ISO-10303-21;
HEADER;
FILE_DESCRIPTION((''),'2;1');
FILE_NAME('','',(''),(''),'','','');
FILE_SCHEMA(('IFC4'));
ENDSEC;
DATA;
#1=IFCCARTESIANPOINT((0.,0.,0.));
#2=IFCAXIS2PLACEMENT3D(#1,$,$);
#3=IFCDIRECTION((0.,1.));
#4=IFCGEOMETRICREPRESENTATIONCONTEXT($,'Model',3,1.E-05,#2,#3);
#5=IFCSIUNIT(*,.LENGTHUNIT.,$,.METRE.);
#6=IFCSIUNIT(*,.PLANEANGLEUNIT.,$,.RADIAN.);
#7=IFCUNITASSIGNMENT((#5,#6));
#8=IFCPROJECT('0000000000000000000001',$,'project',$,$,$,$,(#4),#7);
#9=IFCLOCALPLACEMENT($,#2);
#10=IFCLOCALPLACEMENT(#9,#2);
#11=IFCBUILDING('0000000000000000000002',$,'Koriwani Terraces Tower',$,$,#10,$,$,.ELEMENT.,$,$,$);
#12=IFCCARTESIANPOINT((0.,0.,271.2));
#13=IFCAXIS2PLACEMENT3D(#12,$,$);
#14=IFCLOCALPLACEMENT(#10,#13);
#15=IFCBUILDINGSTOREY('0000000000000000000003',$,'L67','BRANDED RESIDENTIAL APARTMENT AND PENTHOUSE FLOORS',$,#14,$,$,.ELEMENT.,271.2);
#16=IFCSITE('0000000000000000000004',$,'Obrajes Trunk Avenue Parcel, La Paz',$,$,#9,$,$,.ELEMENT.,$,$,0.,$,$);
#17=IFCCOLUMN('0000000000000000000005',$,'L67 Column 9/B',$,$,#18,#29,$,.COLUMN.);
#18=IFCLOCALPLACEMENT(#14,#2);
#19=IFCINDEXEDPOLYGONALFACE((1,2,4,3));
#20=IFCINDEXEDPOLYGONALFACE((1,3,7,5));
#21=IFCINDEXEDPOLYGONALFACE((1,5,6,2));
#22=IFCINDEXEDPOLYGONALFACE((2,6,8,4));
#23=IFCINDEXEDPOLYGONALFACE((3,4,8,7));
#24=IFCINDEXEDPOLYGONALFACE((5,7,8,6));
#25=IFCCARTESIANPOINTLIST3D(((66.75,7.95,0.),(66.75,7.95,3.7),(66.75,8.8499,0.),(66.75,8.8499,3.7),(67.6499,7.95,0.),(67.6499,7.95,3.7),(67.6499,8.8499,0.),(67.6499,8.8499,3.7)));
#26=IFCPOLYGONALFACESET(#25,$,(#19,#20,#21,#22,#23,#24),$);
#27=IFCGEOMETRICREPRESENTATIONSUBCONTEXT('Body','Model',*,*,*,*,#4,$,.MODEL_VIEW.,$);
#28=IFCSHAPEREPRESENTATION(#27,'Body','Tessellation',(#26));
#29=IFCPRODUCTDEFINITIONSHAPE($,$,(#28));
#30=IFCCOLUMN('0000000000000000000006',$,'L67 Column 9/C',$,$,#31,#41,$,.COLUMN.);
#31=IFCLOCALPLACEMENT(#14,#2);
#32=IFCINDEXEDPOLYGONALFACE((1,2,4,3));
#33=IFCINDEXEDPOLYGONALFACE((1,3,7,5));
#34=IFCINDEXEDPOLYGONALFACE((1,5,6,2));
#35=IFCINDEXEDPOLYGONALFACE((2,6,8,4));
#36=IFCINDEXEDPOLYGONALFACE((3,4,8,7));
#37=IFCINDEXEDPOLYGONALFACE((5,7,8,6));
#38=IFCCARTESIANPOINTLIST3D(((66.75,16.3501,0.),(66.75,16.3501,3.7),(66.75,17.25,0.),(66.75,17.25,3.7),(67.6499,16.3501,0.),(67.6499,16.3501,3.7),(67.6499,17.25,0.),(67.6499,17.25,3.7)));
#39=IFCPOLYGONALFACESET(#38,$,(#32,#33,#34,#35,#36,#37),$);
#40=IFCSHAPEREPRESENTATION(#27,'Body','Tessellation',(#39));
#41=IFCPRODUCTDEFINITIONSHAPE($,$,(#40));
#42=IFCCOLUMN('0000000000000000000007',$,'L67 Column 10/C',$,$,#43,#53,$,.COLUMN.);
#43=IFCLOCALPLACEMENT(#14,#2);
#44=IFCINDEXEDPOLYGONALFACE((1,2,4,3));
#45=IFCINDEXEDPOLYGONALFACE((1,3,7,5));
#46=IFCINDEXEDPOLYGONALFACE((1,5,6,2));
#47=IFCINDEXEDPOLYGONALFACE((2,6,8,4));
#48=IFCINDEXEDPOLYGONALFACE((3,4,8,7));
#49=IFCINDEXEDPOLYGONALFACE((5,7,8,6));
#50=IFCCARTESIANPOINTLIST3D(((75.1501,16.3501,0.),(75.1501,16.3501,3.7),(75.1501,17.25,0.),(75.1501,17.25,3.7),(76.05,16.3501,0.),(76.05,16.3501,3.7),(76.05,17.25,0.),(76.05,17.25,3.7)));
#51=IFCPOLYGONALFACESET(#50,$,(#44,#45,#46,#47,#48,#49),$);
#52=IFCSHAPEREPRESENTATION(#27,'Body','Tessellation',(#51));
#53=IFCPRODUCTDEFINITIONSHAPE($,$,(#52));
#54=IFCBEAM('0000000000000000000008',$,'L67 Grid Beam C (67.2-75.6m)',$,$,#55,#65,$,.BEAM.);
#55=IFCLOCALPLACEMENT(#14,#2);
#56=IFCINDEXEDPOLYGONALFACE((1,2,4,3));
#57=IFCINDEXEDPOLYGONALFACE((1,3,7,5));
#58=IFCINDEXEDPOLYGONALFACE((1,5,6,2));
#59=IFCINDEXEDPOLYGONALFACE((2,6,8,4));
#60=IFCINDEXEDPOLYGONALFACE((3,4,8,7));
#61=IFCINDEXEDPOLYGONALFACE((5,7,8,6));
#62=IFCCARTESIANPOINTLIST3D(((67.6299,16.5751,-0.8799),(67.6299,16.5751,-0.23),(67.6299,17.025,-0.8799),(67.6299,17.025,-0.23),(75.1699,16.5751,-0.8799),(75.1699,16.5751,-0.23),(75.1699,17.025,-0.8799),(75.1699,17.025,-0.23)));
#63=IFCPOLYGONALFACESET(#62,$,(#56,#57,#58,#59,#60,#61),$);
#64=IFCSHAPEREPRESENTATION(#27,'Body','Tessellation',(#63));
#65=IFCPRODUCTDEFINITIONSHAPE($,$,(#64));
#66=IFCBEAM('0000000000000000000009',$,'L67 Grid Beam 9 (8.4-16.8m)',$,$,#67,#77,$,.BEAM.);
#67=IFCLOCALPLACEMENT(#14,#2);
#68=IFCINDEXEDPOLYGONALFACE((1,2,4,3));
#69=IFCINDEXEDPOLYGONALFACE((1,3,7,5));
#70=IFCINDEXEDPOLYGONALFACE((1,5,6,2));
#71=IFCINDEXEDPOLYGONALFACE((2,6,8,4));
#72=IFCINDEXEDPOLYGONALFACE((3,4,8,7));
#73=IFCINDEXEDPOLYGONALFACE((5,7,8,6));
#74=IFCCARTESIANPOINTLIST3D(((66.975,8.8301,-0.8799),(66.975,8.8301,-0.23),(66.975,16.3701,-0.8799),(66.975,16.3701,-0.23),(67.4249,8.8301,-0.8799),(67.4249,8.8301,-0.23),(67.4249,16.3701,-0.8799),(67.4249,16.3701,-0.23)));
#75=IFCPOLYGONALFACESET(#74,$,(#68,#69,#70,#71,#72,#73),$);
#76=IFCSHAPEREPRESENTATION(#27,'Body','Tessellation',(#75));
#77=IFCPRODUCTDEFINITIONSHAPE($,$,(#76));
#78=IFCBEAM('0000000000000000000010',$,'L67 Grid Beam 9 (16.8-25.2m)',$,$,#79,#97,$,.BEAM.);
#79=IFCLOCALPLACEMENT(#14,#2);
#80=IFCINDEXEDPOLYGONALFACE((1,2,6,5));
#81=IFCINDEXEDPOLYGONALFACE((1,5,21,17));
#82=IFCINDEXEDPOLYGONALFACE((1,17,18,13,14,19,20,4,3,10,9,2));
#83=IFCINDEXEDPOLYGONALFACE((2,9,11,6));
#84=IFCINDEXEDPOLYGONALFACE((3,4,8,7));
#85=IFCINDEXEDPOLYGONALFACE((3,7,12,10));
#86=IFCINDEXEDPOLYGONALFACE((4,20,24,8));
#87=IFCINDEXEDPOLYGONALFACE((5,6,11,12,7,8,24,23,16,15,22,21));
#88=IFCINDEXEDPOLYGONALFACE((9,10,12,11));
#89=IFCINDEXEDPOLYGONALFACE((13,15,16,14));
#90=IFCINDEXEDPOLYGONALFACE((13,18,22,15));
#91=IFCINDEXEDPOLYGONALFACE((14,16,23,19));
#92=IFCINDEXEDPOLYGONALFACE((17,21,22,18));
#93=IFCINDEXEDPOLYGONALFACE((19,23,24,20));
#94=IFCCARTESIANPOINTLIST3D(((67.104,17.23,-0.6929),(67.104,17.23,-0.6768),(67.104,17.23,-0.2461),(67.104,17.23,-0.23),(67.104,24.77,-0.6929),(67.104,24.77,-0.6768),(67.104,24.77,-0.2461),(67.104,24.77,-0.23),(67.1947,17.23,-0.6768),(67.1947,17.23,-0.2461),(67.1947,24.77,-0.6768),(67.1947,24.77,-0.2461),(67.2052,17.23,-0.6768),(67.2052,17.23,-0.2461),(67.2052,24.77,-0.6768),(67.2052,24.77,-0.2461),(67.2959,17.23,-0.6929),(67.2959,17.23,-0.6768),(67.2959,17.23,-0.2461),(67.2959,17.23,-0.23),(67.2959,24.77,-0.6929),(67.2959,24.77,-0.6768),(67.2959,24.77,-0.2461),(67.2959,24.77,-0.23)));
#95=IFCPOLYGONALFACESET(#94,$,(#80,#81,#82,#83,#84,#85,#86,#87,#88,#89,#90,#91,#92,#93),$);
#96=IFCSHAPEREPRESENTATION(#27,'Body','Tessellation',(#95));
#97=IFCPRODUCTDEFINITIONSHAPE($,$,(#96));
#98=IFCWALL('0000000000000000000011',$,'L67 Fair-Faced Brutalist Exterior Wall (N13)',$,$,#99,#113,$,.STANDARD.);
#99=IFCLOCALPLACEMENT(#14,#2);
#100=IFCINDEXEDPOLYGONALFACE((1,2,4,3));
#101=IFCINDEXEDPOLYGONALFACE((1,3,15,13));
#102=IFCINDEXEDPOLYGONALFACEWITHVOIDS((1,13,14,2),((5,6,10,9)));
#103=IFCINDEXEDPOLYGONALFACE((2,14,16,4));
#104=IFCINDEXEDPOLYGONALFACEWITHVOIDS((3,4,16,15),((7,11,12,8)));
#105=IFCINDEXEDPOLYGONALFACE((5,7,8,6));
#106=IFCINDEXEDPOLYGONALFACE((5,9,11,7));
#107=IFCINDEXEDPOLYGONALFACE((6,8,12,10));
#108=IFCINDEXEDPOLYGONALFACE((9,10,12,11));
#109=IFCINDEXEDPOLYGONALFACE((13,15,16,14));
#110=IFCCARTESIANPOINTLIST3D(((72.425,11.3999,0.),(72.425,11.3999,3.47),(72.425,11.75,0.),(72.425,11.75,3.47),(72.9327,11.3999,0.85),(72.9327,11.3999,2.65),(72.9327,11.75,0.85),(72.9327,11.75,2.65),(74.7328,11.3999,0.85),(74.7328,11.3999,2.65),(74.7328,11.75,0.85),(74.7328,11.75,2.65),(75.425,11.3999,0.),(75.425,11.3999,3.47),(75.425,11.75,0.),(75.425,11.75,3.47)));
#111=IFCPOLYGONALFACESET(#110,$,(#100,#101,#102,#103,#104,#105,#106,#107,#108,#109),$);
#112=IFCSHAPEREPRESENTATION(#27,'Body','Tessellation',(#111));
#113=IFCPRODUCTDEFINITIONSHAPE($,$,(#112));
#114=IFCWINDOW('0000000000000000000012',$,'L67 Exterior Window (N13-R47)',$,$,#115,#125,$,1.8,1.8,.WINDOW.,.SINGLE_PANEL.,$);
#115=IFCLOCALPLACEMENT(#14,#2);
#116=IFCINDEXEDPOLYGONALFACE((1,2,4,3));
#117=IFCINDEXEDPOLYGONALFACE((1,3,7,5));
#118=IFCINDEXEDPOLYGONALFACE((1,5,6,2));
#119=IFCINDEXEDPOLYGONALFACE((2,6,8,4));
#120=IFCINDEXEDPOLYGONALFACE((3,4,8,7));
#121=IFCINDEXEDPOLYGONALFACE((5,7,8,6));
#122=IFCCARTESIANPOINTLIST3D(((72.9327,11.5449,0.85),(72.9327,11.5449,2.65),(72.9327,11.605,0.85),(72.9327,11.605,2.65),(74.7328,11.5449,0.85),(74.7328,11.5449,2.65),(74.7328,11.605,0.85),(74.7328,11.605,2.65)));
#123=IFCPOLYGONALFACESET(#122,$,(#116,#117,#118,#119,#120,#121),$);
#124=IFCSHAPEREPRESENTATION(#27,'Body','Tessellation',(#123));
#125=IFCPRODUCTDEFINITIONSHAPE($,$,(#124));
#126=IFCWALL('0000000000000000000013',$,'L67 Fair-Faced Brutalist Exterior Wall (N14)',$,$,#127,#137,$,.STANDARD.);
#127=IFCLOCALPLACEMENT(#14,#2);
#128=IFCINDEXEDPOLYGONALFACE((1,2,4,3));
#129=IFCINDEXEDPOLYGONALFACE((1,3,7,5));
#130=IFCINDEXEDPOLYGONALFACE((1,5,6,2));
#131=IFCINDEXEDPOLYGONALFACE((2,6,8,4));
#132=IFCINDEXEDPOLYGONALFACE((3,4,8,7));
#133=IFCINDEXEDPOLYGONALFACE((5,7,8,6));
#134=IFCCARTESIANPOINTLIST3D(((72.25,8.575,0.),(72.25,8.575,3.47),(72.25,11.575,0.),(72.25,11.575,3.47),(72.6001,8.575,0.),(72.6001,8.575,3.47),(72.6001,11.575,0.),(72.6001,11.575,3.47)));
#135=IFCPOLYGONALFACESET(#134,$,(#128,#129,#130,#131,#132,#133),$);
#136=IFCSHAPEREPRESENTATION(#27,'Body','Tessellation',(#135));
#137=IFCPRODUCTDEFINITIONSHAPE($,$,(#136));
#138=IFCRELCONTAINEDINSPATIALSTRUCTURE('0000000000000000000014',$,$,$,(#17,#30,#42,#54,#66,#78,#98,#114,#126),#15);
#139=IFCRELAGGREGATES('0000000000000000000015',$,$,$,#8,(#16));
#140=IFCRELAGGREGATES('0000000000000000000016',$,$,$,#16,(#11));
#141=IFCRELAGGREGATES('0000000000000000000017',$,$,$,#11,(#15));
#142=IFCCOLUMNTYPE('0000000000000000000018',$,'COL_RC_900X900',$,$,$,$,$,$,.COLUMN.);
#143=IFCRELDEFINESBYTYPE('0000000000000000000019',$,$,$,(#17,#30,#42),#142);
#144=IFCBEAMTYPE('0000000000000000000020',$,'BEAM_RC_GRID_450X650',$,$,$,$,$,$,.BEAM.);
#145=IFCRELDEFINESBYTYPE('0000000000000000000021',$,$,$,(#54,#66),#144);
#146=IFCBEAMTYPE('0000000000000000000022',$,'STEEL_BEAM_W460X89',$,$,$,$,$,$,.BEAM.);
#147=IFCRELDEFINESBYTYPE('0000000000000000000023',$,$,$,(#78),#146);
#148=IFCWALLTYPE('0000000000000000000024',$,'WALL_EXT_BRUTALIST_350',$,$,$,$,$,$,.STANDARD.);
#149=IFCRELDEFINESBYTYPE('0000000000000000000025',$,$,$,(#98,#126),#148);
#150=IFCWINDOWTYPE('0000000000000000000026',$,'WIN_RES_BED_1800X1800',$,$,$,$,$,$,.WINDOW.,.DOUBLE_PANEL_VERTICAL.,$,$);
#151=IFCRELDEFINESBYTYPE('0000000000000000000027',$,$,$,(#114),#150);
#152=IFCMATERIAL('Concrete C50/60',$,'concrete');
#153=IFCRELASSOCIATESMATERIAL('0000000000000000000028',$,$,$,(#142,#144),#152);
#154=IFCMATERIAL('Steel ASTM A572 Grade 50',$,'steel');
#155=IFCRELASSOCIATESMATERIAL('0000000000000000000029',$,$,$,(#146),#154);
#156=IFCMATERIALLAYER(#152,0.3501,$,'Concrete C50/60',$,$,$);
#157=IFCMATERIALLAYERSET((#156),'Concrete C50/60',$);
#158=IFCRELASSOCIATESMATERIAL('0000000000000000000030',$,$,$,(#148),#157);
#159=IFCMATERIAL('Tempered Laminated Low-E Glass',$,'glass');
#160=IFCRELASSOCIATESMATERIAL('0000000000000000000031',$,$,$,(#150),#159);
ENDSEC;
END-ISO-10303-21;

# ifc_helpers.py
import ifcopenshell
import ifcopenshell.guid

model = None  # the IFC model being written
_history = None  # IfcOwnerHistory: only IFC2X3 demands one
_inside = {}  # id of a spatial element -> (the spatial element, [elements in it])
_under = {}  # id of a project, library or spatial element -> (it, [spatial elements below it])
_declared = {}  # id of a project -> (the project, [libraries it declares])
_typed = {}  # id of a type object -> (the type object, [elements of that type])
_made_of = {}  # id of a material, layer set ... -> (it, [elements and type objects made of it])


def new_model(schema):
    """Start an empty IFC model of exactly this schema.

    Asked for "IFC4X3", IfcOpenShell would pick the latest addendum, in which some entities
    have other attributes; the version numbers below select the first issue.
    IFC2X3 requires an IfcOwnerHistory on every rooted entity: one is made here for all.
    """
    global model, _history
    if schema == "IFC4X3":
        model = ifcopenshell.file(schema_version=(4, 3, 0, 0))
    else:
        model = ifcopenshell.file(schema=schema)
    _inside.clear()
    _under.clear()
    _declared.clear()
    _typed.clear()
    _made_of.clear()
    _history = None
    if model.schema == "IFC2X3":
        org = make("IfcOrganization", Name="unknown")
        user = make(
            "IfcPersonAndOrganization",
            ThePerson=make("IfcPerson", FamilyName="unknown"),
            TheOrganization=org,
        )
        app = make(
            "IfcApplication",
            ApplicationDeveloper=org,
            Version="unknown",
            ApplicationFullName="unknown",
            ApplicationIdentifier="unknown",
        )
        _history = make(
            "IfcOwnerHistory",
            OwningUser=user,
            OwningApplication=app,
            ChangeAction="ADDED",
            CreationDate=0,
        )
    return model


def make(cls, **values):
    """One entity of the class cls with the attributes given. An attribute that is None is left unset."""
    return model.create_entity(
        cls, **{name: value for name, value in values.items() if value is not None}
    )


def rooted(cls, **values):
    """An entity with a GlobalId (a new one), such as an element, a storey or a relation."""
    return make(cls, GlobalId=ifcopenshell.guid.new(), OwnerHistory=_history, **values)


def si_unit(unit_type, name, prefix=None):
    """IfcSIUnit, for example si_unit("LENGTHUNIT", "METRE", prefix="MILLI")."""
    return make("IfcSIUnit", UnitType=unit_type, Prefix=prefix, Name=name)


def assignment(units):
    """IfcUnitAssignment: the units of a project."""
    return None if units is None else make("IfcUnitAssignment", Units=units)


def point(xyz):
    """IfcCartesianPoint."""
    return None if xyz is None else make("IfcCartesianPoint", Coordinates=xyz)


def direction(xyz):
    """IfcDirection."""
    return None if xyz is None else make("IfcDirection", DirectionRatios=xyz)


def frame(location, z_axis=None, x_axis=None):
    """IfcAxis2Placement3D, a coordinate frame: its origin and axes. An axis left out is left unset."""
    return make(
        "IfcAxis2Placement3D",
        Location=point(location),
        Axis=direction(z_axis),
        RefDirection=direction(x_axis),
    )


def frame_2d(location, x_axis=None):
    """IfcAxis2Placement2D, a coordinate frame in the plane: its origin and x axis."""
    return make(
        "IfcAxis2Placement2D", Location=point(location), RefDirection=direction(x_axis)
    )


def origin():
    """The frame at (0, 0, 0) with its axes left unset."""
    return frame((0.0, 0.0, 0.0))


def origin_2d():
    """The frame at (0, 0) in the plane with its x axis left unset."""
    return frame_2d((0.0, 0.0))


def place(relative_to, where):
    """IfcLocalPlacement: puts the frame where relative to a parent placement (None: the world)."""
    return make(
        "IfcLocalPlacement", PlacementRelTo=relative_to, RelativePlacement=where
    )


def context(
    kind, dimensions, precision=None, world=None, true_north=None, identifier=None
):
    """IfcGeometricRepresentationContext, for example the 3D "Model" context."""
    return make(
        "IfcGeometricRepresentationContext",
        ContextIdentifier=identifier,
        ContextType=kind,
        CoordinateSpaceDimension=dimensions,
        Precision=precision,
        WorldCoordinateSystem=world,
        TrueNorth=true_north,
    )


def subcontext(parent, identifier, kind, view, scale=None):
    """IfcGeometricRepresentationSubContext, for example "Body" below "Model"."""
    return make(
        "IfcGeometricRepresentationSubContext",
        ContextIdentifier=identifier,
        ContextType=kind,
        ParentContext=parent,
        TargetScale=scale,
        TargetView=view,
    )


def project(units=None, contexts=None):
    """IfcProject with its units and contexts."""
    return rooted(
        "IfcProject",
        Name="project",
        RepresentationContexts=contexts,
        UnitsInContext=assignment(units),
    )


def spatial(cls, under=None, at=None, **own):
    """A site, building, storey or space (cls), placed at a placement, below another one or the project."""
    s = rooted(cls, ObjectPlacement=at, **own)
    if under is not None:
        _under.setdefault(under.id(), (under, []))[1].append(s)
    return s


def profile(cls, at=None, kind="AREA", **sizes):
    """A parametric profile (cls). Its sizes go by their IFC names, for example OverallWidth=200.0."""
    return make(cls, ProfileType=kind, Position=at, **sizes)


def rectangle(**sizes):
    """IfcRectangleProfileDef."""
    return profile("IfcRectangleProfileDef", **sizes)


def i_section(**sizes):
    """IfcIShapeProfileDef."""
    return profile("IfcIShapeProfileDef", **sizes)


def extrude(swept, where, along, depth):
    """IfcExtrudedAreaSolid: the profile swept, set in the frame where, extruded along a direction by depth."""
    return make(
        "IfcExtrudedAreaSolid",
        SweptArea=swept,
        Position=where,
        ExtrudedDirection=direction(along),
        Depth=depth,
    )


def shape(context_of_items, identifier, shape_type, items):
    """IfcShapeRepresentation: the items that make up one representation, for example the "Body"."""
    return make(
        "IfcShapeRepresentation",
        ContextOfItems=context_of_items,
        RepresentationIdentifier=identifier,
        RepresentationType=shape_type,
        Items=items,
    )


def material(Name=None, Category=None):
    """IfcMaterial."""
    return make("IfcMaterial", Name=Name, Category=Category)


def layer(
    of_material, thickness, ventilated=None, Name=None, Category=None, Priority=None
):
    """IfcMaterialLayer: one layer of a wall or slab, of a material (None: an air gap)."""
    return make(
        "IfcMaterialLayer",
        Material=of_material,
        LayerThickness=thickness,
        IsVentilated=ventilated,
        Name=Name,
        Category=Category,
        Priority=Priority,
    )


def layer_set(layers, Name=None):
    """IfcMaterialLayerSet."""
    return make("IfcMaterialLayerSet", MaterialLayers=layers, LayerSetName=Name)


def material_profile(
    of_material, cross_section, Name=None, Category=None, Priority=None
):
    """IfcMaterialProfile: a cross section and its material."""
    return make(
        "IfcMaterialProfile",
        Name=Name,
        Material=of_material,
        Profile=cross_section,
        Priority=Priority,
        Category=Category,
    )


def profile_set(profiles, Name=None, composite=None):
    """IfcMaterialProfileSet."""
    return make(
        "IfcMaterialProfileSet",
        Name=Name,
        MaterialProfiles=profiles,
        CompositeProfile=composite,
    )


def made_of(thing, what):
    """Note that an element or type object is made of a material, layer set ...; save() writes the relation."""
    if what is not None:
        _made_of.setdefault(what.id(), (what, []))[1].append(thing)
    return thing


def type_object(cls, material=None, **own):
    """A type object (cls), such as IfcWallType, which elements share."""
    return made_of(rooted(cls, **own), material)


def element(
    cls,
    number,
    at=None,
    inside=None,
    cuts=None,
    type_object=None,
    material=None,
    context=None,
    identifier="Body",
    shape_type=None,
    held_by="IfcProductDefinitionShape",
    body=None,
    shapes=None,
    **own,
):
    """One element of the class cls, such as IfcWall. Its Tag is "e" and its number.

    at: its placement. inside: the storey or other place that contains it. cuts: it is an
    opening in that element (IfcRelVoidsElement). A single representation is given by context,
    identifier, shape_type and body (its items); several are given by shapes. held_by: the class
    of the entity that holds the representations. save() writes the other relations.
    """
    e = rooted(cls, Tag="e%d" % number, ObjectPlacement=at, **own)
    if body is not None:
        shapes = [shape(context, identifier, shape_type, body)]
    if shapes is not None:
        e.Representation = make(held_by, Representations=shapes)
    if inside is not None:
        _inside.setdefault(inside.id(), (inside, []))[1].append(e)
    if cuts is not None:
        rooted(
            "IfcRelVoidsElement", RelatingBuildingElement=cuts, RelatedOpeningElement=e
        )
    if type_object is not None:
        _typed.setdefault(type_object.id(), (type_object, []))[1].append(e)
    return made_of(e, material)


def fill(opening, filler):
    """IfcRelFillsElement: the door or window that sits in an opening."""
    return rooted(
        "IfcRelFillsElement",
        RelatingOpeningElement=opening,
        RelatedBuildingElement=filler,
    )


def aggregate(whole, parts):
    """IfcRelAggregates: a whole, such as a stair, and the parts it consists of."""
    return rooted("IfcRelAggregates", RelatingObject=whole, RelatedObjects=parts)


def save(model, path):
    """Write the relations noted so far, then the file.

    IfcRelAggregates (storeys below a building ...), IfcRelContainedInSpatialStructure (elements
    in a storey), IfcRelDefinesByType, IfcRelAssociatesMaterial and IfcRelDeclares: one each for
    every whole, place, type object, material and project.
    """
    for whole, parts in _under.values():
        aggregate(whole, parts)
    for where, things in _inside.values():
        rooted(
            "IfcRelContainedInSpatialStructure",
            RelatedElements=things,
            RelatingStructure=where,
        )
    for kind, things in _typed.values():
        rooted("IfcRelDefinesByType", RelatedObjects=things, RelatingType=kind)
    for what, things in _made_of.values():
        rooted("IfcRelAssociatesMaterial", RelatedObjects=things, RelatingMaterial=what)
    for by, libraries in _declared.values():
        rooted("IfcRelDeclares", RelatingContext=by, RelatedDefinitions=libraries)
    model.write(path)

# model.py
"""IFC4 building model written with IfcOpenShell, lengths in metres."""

from ifc_helpers import new_model, si_unit, direction, frame, frame_2d, origin, origin_2d, place, context, subcontext, project, spatial, rectangle, i_section, extrude, material, layer, layer_set, material_profile, profile_set, type_object, element, fill, save


model = new_model("IFC4")

# Units and contexts
model_context = context("Model", 3, precision=1e-05, world=origin(), true_north=direction((0.0, 1.0)))
body_context = subcontext(model_context, "Body", "Model", "MODEL_VIEW")
ifc_project = project(units=[si_unit("LENGTHUNIT", "METRE"), si_unit("PLANEANGLEUNIT", "RADIAN")], contexts=[model_context])

# Site, building, storey
site_placement = place(None, origin())
site = spatial("IfcSite", under=ifc_project, at=site_placement, Name="Obrajes Trunk Avenue Parcel, La Paz", CompositionType="ELEMENT", RefElevation=0.0)
building_placement = place(site_placement, origin())
building = spatial("IfcBuilding", under=site, at=building_placement, Name="Koriwani Terraces Tower", CompositionType="ELEMENT")
storey_placement = place(building_placement, frame((0.0, 0.0, 271.2)))
storey = spatial("IfcBuildingStorey", under=building, at=storey_placement, Name="L67", Description="BRANDED RESIDENTIAL APARTMENT AND PENTHOUSE FLOORS", CompositionType="ELEMENT", Elevation=271.2)

# Columns
ifc_material_1 = material(Name="Concrete C50/60", Category="concrete")
ifc_material_profile_1 = material_profile(ifc_material_1, rectangle(XDim=0.8999, YDim=0.8999, at=origin_2d()), Name="Concrete C50/60", Category="LoadBearing")
ifc_profile_set_1 = profile_set([ifc_material_profile_1], Name="Concrete C50/60")
column_type = type_object("IfcColumnType", Name="COL_RC_900X900", PredefinedType="COLUMN", material=ifc_profile_set_1)
for number, where, z_axis, x_axis, name in (
    (1, (67.2, 8.3999, 0.0), (0.0, 0.0, 1.0), (1.0, 0.0, 0.0), "L67 Column 9/B"),
    (2, (67.2, 16.8, 0.0), (0.0, 0.0, 1.0), (1.0, 0.0, 0.0), "L67 Column 9/C"),
    (3, (75.6001, 16.8, 0.0), (0.0, 0.0, 1.0), (1.0, 0.0, 0.0), "L67 Column 10/C"),
):
    element("IfcColumn", number, at=place(storey_placement, frame(where, z_axis=z_axis, x_axis=x_axis)), inside=storey, type_object=column_type, Name=name, PredefinedType="COLUMN", context=body_context, shape_type="SweptSolid", body=[
        extrude(rectangle(XDim=0.8999, YDim=0.8999, at=origin_2d()), origin(), (0.0, 0.0, 1.0), 3.7),
    ])

# Beams
ifc_material_profile_2 = material_profile(ifc_material_1, rectangle(XDim=0.45, YDim=0.6499, at=origin_2d()), Name="Concrete C50/60", Category="LoadBearing")
ifc_profile_set_2 = profile_set([ifc_material_profile_2], Name="Concrete C50/60")
beam_type_1 = type_object("IfcBeamType", Name="BEAM_RC_GRID_450X650", PredefinedType="BEAM", material=ifc_profile_set_2)
for number, where, z_axis, x_axis, name in (
    (4, (67.6299, 16.8, -0.5549), (1.0, 0.0, 0.0), (0.0, 1.0, 0.0), "L67 Grid Beam C (67.2-75.6m)"),
    (5, (67.2, 8.8301, -0.5549), (0.0, 1.0, 0.0), (-1.0, 0.0, 0.0), "L67 Grid Beam 9 (8.4-16.8m)"),
):
    element("IfcBeam", number, at=place(storey_placement, frame(where, z_axis=z_axis, x_axis=x_axis)), inside=storey, type_object=beam_type_1, Name=name, PredefinedType="BEAM", context=body_context, shape_type="SweptSolid", body=[
        extrude(rectangle(XDim=0.45, YDim=0.6499, at=origin_2d()), origin(), (0.0, 0.0, 1.0), 7.54),
    ])
ifc_material_2 = material(Name="Steel ASTM A572 Grade 50", Category="steel")
ifc_material_profile_3 = material_profile(ifc_material_2, i_section(OverallWidth=0.1919, OverallDepth=0.4629, WebThickness=0.0105, FlangeThickness=0.0161, at=origin_2d()), Name="Steel ASTM A572 Grade 50", Category="LoadBearing")
ifc_profile_set_3 = profile_set([ifc_material_profile_3], Name="Steel ASTM A572 Grade 50")
beam_type_2 = type_object("IfcBeamType", Name="STEEL_BEAM_W460X89", PredefinedType="BEAM", material=ifc_profile_set_3)
beam_placement = place(storey_placement, frame((67.2, 17.23, -0.4614), z_axis=(0.0, 1.0, 0.0), x_axis=(-1.0, 0.0, 0.0)))
element("IfcBeam", 6, at=beam_placement, inside=storey, type_object=beam_type_2, Name="L67 Grid Beam 9 (16.8-25.2m)", PredefinedType="BEAM", context=body_context, shape_type="SweptSolid", body=[
    extrude(i_section(OverallWidth=0.1919, OverallDepth=0.4629, WebThickness=0.0105, FlangeThickness=0.0161, at=origin_2d()), origin(), (0.0, 0.0, 1.0), 7.54),
])

# Wall, opening, window
ifc_layer = layer(ifc_material_1, 0.3501, Name="Concrete C50/60")
ifc_layer_set = layer_set([ifc_layer], Name="Concrete C50/60")
wall_type = type_object("IfcWallType", Name="WALL_EXT_BRUTALIST_350", PredefinedType="STANDARD", material=ifc_layer_set)
wall_1_placement = place(storey_placement, frame((75.425, 11.575, 0.0), z_axis=(0.0, 0.0, 1.0), x_axis=(-1.0, 0.0, 0.0)))
wall_1 = element("IfcWall", 7, at=wall_1_placement, inside=storey, type_object=wall_type, Name="L67 Fair-Faced Brutalist Exterior Wall (N13)", PredefinedType="STANDARD", context=body_context, shape_type="SweptSolid", body=[
    extrude(rectangle(XDim=3.0, YDim=0.3501, at=frame_2d((1.5, 0.0))), origin(), (0.0, 0.0, 1.0), 3.47),
])
opening_1_placement = place(wall_1_placement, frame((0.6924, 0.0, 0.8501)))
opening_1 = element("IfcOpeningElement", 8, at=opening_1_placement, cuts=wall_1, PredefinedType="OPENING", context=body_context, shape_type="SweptSolid", body=[
    extrude(rectangle(XDim=1.8, YDim=1.8, at=frame_2d((0.8999, 0.8999))), frame((0.0, 0.1851, 0.0), z_axis=(0.0, -1.0, 0.0), x_axis=(1.0, 0.0, 0.0)), (0.0, 0.0, 1.0), 0.3701),
])
ifc_material_3 = material(Name="Tempered Laminated Low-E Glass", Category="glass")
window_type_1 = type_object("IfcWindowType", Name="WIN_RES_BED_1800X1800", PartitioningType="DOUBLE_PANEL_VERTICAL", PredefinedType="WINDOW", material=ifc_material_3)
window_1_placement = place(opening_1_placement, origin())
window_1 = element("IfcWindow", 9, at=window_1_placement, inside=storey, type_object=window_type_1, Name="L67 Exterior Window (N13-R47)", OverallHeight=1.8, OverallWidth=1.8, PartitioningType="SINGLE_PANEL", PredefinedType="WINDOW", context=body_context, shape_type="SweptSolid", body=[
    extrude(rectangle(XDim=1.8, YDim=1.8, at=frame_2d((0.8999, 0.8999))), frame((0.0, 0.03, 0.0), z_axis=(0.0, -1.0, 0.0), x_axis=(1.0, 0.0, 0.0)), (0.0, 0.0, 1.0), 0.0601),
])
fill(opening_1, window_1)

# Wall
wall_2_placement = place(storey_placement, frame((72.425, 11.575, 0.0), z_axis=(0.0, 0.0, 1.0), x_axis=(0.0, -1.0, 0.0)))
element("IfcWall", 10, at=wall_2_placement, inside=storey, type_object=wall_type, Name="L67 Fair-Faced Brutalist Exterior Wall (N14)", PredefinedType="STANDARD", context=body_context, shape_type="SweptSolid", body=[
    extrude(rectangle(XDim=3.0, YDim=0.3501, at=frame_2d((1.5, 0.0))), origin(), (0.0, 0.0, 1.0), 3.47),
])

save(model, "model.ifc")
